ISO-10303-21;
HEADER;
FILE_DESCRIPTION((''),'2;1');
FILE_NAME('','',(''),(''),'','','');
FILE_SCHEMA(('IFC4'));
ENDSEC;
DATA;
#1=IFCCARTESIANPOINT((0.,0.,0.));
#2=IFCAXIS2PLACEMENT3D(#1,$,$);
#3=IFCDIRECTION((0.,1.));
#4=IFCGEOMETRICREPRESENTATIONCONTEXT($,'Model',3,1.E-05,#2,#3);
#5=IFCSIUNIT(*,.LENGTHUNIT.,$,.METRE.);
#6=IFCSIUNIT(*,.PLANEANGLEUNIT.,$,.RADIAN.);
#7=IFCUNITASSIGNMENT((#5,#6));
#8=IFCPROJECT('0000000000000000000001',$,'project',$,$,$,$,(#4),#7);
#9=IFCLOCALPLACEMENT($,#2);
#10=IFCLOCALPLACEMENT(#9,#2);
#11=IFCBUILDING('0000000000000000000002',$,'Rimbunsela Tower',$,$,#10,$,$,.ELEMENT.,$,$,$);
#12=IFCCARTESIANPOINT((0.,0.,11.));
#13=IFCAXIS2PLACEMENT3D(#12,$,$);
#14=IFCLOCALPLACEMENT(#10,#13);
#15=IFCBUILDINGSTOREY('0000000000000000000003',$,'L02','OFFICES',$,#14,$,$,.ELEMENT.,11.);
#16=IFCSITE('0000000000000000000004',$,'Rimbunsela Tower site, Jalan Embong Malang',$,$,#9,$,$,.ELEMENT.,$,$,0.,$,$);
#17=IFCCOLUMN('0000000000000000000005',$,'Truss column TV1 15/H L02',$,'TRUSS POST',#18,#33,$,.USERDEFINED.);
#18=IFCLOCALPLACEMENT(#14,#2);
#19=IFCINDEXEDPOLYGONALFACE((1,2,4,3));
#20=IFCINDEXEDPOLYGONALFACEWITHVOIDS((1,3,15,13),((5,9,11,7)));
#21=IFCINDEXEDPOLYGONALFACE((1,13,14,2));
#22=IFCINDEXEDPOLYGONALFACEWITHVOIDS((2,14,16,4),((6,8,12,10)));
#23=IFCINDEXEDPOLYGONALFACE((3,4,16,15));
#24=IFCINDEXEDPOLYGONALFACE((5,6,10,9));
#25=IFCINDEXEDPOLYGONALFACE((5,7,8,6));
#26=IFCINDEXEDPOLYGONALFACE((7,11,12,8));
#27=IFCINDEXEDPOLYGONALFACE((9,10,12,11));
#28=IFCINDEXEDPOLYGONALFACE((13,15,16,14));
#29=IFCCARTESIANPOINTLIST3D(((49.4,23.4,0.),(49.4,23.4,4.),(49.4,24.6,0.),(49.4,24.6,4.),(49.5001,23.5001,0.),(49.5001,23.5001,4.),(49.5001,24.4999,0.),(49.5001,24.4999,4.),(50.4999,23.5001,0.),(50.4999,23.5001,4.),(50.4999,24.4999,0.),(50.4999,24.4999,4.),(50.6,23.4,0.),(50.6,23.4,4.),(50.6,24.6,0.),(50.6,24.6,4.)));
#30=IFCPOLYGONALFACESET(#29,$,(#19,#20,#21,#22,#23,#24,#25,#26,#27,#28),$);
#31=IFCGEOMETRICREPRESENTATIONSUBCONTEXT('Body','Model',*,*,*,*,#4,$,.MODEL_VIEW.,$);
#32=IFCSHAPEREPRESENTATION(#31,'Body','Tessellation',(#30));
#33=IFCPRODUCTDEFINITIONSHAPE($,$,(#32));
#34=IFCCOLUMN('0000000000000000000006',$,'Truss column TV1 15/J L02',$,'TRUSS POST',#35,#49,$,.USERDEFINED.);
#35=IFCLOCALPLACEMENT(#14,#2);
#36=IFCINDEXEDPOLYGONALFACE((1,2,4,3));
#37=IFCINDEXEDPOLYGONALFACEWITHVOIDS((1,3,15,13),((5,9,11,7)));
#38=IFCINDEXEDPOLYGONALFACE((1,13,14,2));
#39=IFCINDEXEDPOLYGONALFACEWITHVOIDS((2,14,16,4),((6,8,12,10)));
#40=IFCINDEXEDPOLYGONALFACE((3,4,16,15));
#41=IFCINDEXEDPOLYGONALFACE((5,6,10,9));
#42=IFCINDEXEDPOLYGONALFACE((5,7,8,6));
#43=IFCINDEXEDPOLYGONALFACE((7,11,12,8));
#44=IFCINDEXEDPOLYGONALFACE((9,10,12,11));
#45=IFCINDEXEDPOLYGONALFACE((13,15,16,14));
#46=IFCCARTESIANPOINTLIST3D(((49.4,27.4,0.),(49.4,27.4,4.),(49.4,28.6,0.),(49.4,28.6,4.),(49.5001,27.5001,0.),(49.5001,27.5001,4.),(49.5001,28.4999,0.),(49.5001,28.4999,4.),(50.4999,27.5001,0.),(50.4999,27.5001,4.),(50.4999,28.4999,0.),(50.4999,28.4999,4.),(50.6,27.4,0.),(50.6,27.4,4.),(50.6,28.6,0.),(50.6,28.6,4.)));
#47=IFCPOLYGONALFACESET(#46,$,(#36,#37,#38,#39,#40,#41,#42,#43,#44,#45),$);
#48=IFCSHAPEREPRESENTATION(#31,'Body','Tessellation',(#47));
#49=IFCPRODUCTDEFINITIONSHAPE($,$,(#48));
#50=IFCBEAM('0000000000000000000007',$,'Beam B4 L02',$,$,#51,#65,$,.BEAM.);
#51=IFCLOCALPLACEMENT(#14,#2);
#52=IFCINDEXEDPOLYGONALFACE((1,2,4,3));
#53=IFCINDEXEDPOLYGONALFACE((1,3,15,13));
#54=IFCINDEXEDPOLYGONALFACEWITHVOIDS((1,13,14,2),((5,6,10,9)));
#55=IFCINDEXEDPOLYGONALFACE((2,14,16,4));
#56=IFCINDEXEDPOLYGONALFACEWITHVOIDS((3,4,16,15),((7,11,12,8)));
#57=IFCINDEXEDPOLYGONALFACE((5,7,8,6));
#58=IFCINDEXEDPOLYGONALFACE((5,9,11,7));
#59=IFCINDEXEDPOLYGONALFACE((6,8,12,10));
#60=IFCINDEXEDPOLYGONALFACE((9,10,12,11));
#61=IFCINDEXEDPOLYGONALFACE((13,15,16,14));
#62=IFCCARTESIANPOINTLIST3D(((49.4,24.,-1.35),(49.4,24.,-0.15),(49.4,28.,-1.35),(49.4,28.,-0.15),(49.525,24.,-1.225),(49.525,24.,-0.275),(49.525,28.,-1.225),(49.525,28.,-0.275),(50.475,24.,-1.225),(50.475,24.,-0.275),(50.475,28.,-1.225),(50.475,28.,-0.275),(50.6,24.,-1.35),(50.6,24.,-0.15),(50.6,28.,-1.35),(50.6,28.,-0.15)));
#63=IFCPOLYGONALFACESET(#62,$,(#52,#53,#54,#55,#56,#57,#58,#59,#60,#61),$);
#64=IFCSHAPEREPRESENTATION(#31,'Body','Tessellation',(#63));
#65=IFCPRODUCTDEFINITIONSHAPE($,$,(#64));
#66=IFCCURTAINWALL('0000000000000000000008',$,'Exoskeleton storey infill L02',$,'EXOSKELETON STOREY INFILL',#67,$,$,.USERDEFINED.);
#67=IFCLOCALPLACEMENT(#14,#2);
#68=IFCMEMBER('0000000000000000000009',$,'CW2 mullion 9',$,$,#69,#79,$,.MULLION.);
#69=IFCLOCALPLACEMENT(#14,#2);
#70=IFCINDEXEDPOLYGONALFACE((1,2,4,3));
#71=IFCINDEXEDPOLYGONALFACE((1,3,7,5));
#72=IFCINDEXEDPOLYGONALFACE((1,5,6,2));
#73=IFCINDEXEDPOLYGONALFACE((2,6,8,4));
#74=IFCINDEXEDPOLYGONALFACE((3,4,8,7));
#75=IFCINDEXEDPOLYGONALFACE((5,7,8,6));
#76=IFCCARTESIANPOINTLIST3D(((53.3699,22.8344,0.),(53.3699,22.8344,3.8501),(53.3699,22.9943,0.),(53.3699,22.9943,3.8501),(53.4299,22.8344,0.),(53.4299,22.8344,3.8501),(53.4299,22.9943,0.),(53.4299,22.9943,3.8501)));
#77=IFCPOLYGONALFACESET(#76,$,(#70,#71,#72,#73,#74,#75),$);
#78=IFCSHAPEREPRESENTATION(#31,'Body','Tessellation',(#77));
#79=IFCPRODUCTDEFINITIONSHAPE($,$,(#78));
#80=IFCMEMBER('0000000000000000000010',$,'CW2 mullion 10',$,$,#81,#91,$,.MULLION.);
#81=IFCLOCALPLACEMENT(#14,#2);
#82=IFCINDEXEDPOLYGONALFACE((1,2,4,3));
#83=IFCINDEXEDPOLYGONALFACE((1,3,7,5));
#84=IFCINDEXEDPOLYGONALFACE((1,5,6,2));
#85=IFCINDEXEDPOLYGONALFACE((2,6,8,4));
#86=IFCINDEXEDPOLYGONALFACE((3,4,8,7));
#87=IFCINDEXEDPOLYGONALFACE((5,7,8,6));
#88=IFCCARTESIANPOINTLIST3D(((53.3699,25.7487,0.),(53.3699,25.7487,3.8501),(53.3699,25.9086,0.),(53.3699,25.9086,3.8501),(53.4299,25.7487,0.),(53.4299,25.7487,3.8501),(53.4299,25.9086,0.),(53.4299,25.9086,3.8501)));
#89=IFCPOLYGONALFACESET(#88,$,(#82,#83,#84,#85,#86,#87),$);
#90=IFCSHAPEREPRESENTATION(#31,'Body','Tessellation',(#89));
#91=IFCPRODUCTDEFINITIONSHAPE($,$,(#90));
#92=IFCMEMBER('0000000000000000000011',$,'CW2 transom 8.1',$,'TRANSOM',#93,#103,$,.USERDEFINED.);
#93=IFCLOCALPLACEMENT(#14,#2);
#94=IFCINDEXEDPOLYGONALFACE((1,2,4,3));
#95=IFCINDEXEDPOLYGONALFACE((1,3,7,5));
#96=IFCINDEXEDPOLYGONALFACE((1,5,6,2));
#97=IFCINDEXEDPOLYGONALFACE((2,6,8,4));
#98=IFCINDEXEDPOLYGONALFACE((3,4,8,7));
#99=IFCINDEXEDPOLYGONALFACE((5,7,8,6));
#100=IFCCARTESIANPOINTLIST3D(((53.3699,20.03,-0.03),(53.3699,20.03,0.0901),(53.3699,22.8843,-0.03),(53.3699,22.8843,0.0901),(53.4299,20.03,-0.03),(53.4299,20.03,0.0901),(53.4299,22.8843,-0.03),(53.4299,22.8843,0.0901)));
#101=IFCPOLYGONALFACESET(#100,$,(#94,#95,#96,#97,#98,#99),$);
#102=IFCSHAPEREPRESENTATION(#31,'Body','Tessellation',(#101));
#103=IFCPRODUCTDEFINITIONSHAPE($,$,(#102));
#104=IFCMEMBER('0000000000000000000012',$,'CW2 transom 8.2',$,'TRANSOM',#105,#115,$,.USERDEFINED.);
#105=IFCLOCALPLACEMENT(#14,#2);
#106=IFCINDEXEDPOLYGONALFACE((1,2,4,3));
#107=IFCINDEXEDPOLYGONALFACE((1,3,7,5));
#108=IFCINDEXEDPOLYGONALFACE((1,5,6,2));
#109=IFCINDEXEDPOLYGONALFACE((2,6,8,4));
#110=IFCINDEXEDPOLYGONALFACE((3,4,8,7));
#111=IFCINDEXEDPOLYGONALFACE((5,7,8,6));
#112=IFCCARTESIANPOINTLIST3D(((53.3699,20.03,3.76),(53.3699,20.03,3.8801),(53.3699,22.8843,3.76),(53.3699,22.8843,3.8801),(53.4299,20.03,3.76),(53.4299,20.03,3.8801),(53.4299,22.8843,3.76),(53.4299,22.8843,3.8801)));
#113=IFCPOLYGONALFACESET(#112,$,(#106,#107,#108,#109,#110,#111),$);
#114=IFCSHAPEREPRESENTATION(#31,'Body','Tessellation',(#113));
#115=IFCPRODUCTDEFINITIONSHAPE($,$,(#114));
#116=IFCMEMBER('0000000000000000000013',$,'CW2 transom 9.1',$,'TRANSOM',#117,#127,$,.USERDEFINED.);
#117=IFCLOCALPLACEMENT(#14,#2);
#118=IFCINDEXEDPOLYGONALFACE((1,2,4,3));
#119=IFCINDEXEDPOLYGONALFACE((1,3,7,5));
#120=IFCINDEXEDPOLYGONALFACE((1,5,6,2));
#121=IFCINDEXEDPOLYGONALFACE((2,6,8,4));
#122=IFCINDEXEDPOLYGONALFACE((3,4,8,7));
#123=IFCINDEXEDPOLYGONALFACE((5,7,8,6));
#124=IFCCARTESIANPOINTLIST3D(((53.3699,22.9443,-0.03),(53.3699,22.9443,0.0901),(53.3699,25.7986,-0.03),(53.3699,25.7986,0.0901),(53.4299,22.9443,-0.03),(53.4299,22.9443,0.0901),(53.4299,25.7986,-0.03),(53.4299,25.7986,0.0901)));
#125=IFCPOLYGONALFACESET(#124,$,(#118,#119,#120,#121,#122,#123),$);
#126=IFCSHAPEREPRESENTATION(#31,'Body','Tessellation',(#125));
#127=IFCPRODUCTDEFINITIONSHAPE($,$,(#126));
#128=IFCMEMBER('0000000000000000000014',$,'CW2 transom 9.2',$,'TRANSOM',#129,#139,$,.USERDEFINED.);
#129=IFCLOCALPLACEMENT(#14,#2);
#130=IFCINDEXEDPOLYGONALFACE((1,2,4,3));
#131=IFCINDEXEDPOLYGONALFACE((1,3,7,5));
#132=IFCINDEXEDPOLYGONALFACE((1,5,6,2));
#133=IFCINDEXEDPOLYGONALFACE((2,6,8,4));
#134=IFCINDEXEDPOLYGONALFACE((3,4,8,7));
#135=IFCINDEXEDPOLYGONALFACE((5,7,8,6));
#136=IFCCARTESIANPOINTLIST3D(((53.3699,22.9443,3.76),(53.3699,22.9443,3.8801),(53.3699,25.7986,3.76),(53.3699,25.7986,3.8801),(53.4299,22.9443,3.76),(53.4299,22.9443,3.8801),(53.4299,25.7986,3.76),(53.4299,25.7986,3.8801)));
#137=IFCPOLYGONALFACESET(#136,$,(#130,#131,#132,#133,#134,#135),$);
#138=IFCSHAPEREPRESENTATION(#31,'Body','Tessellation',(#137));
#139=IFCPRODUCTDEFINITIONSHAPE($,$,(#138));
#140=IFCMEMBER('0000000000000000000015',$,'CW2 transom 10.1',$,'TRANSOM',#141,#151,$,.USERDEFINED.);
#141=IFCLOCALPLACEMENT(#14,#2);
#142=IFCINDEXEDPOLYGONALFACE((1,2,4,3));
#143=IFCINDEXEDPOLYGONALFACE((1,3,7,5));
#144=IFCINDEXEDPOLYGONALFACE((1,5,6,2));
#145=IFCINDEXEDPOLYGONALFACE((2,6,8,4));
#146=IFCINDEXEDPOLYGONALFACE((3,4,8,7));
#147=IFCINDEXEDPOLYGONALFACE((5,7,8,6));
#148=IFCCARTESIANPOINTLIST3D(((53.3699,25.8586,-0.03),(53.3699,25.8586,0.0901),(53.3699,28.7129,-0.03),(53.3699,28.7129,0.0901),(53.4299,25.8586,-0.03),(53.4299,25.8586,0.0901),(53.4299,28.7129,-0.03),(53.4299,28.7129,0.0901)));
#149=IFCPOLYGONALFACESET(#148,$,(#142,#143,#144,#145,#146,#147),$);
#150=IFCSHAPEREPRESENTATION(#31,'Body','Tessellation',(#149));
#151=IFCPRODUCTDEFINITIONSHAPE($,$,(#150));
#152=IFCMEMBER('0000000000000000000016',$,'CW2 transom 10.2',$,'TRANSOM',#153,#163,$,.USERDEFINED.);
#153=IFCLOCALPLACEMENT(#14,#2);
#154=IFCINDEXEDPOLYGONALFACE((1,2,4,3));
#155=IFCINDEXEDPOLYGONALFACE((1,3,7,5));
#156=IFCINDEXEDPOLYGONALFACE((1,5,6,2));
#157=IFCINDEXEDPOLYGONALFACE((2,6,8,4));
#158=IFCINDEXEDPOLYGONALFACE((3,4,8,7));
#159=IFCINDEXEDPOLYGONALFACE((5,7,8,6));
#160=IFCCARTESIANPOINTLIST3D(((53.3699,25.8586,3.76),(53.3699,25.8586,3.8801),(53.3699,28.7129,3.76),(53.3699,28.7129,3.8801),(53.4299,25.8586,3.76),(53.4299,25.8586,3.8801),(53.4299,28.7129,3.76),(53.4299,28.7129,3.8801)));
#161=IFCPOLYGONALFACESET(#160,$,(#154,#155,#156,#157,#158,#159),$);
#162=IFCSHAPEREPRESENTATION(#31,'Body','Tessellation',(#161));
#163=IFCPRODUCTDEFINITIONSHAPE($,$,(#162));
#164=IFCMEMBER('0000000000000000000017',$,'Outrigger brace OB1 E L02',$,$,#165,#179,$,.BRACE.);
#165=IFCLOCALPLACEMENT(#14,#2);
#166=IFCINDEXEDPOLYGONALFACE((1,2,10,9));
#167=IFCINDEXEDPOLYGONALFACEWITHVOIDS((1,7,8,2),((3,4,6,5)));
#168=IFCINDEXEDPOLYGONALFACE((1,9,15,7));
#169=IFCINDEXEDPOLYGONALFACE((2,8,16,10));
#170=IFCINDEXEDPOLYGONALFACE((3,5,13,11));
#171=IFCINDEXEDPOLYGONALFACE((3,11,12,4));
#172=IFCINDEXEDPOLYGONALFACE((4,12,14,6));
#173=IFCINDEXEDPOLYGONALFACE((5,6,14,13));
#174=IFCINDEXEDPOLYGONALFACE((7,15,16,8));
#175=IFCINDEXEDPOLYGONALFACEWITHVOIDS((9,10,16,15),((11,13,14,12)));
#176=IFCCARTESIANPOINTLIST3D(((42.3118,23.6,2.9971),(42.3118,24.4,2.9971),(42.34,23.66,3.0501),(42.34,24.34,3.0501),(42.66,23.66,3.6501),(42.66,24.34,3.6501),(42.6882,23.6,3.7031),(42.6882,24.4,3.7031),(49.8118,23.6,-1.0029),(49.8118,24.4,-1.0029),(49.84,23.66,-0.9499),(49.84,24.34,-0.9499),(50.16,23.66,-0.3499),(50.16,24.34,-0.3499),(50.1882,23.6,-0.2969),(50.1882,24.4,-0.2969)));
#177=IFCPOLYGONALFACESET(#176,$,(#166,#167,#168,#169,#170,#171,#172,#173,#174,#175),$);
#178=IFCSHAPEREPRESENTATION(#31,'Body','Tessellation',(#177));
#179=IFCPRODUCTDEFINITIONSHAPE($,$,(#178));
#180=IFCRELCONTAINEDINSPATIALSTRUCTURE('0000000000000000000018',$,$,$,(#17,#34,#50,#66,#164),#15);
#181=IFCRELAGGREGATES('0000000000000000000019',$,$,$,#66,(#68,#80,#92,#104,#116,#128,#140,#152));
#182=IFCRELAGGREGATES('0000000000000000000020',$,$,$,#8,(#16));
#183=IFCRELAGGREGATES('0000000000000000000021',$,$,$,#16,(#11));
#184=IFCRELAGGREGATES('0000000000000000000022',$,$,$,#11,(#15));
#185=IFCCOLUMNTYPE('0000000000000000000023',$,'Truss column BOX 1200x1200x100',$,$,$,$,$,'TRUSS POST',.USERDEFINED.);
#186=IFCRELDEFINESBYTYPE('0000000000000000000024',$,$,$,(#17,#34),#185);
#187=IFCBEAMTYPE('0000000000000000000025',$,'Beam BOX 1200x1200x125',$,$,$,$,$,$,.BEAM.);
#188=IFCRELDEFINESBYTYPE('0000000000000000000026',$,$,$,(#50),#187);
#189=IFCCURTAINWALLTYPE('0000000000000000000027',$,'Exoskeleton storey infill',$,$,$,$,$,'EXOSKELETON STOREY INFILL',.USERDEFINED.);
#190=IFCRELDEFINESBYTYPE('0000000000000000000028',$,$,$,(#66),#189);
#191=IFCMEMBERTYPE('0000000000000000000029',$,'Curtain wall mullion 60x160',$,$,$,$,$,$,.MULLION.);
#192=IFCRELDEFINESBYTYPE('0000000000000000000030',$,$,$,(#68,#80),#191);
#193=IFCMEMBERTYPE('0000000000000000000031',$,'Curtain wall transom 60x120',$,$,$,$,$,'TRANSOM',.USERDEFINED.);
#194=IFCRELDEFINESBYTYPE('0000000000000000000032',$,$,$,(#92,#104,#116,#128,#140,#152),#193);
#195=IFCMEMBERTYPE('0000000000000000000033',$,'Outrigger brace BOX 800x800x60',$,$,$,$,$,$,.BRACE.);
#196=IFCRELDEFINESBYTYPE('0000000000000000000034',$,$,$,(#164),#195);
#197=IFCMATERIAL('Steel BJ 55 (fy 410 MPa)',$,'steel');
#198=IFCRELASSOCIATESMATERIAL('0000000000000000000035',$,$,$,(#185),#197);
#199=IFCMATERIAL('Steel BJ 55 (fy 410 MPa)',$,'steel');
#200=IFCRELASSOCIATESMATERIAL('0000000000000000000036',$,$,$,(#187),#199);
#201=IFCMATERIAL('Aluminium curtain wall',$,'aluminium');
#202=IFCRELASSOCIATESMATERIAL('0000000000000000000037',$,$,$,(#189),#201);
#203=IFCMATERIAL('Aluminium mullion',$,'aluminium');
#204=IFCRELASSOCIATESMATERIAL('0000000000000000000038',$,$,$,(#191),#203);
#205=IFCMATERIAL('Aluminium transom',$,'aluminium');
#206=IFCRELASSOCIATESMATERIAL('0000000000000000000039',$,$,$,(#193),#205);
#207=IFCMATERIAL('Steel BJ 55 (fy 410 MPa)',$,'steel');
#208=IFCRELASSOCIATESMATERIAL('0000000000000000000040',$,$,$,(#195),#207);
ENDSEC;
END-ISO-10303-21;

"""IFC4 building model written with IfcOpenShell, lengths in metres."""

from ifc_helpers import new_model, si_unit, direction, frame, origin, origin_2d, place, context, subcontext, project, spatial, rectangle, hollow_rectangle, extrude, material, material_profile, profile_set, type_object, element, aggregate, save


model = new_model("IFC4")

# Units and contexts
model_context = context("Model", 3, precision=1e-05, world=origin(), true_north=direction((0.0, 1.0)))
body_context = subcontext(model_context, "Body", "Model", "MODEL_VIEW")
ifc_project = project(units=[si_unit("LENGTHUNIT", "METRE"), si_unit("PLANEANGLEUNIT", "RADIAN")], contexts=[model_context])

# Site, building, storey
site_placement = place(None, origin())
site = spatial("IfcSite", under=ifc_project, at=site_placement, Name="Rimbunsela Tower site, Jalan Embong Malang", CompositionType="ELEMENT", RefElevation=0.0)
building_placement = place(site_placement, origin())
building = spatial("IfcBuilding", under=site, at=building_placement, Name="Rimbunsela Tower", CompositionType="ELEMENT")
storey_placement = place(building_placement, frame((0.0, 0.0, 11.0)))
storey = spatial("IfcBuildingStorey", under=building, at=storey_placement, Name="L02", Description="OFFICES", CompositionType="ELEMENT", Elevation=11.0)

# Columns
ifc_material_1 = material(Name="Steel BJ 55 (fy 410 MPa)", Category="steel")
ifc_material_profile_1 = material_profile(ifc_material_1, hollow_rectangle(XDim=1.2, YDim=1.2, WallThickness=0.1001, at=origin_2d()), Name="BOX 1200x1200x100")
ifc_profile_set_1 = profile_set([ifc_material_profile_1], Name="Steel BJ 55 (fy 410 MPa)")
column_type = type_object("IfcColumnType", Name="Truss column BOX 1200x1200x100", ElementType="TRUSS POST", PredefinedType="USERDEFINED", material=ifc_profile_set_1)
for number, where, z_axis, x_axis, name in (
    (1, (50.0, 24.0, 0.0), (0.0, 0.0, 1.0), (1.0, 0.0, 0.0), "Truss column TV1 15/H L02"),
    (2, (50.0, 28.0, 0.0), (0.0, 0.0, 1.0), (1.0, 0.0, 0.0), "Truss column TV1 15/J L02"),
):
    element("IfcColumn", number, at=place(storey_placement, frame(where, z_axis=z_axis, x_axis=x_axis)), inside=storey, type_object=column_type, Name=name, ObjectType="TRUSS POST", PredefinedType="USERDEFINED", context=body_context, shape_type="SweptSolid", body=[
        extrude(hollow_rectangle(XDim=1.2, YDim=1.2, WallThickness=0.1001, at=origin_2d()), origin(), (0.0, 0.0, 1.0), 4.0),
    ])

# Beam
ifc_material_2 = material(Name="Steel BJ 55 (fy 410 MPa)", Category="steel")
ifc_material_profile_2 = material_profile(ifc_material_2, hollow_rectangle(XDim=1.2, YDim=1.2, WallThickness=0.125, at=origin_2d()), Name="BOX 1200x1200x125")
ifc_profile_set_2 = profile_set([ifc_material_profile_2], Name="Steel BJ 55 (fy 410 MPa)")
beam_type_1 = type_object("IfcBeamType", Name="Beam BOX 1200x1200x125", PredefinedType="BEAM", material=ifc_profile_set_2)
beam_placement = place(storey_placement, frame((50.0, 24.0, -0.75), z_axis=(0.0, 1.0, 0.0), x_axis=(-1.0, 0.0, 0.0)))
element("IfcBeam", 3, at=beam_placement, inside=storey, type_object=beam_type_1, Name="Beam B4 L02", PredefinedType="BEAM", context=body_context, shape_type="SweptSolid", body=[
    extrude(hollow_rectangle(XDim=1.2, YDim=1.2, WallThickness=0.125, at=origin_2d()), origin(), (0.0, 0.0, 1.0), 4.0),
])

# Curtain wall, members
ifc_material_3 = material(Name="Aluminium curtain wall", Category="aluminium")
curtain_wall_type = type_object("IfcCurtainWallType", Name="Exoskeleton storey infill", ElementType="EXOSKELETON STOREY INFILL", PredefinedType="USERDEFINED", material=ifc_material_3)
curtain_wall_placement = place(storey_placement, origin())
curtain_wall = element("IfcCurtainWall", 4, at=curtain_wall_placement, inside=storey, type_object=curtain_wall_type, Name="Exoskeleton storey infill L02", ObjectType="EXOSKELETON STOREY INFILL", PredefinedType="USERDEFINED")
ifc_material_4 = material(Name="Aluminium mullion", Category="aluminium")
ifc_material_profile_3 = material_profile(ifc_material_4, rectangle(XDim=0.0601, YDim=0.1599, at=origin_2d()), Name="Mullion 60x160")
ifc_profile_set_3 = profile_set([ifc_material_profile_3], Name="Aluminium mullion")
member_type_1 = type_object("IfcMemberType", Name="Curtain wall mullion 60x160", PredefinedType="MULLION", material=ifc_profile_set_3)
member_1_placement = place(storey_placement, frame((53.3999, 22.9143, 0.0), z_axis=(0.0, 0.0, 1.0), x_axis=(-1.0, 0.0, 0.0)))
member_1 = element("IfcMember", 5, at=member_1_placement, type_object=member_type_1, Name="CW2 mullion 9", PredefinedType="MULLION", context=body_context, shape_type="SweptSolid", body=[
    extrude(rectangle(XDim=0.0601, YDim=0.1599, at=origin_2d()), origin(), (0.0, 0.0, 1.0), 3.8501),
])
member_2_placement = place(storey_placement, frame((53.3999, 25.8286, 0.0), z_axis=(0.0, 0.0, 1.0), x_axis=(-1.0, 0.0, 0.0)))
member_2 = element("IfcMember", 6, at=member_2_placement, type_object=member_type_1, Name="CW2 mullion 10", PredefinedType="MULLION", context=body_context, shape_type="SweptSolid", body=[
    extrude(rectangle(XDim=0.0601, YDim=0.1599, at=origin_2d()), origin(), (0.0, 0.0, 1.0), 3.8501),
])
ifc_material_5 = material(Name="Aluminium transom", Category="aluminium")
ifc_material_profile_4 = material_profile(ifc_material_5, rectangle(XDim=0.0601, YDim=0.1201, at=origin_2d()), Name="Transom 60x120")
ifc_profile_set_4 = profile_set([ifc_material_profile_4], Name="Aluminium transom")
member_type_2 = type_object("IfcMemberType", Name="Curtain wall transom 60x120", ElementType="TRANSOM", PredefinedType="USERDEFINED", material=ifc_profile_set_4)
member_3_placement = place(storey_placement, frame((53.3999, 20.03, 0.03), z_axis=(0.0, 1.0, 0.0), x_axis=(-1.0, 0.0, 0.0)))
member_3 = element("IfcMember", 7, at=member_3_placement, type_object=member_type_2, Name="CW2 transom 8.1", ObjectType="TRANSOM", PredefinedType="USERDEFINED", context=body_context, shape_type="SweptSolid", body=[
    extrude(rectangle(XDim=0.0601, YDim=0.1201, at=origin_2d()), origin(), (0.0, 0.0, 1.0), 2.8542),
])
member_4_placement = place(storey_placement, frame((53.3999, 20.03, 3.8201), z_axis=(0.0, 1.0, 0.0), x_axis=(-1.0, 0.0, 0.0)))
member_4 = element("IfcMember", 8, at=member_4_placement, type_object=member_type_2, Name="CW2 transom 8.2", ObjectType="TRANSOM", PredefinedType="USERDEFINED", context=body_context, shape_type="SweptSolid", body=[
    extrude(rectangle(XDim=0.0601, YDim=0.1201, at=origin_2d()), origin(), (0.0, 0.0, 1.0), 2.8542),
])
member_5_placement = place(storey_placement, frame((53.3999, 22.9443, 0.03), z_axis=(0.0, 1.0, 0.0), x_axis=(-1.0, 0.0, 0.0)))
member_5 = element("IfcMember", 9, at=member_5_placement, type_object=member_type_2, Name="CW2 transom 9.1", ObjectType="TRANSOM", PredefinedType="USERDEFINED", context=body_context, shape_type="SweptSolid", body=[
    extrude(rectangle(XDim=0.0601, YDim=0.1201, at=origin_2d()), origin(), (0.0, 0.0, 1.0), 2.8542),
])
member_6_placement = place(storey_placement, frame((53.3999, 22.9443, 3.8201), z_axis=(0.0, 1.0, 0.0), x_axis=(-1.0, 0.0, 0.0)))
member_6 = element("IfcMember", 10, at=member_6_placement, type_object=member_type_2, Name="CW2 transom 9.2", ObjectType="TRANSOM", PredefinedType="USERDEFINED", context=body_context, shape_type="SweptSolid", body=[
    extrude(rectangle(XDim=0.0601, YDim=0.1201, at=origin_2d()), origin(), (0.0, 0.0, 1.0), 2.8542),
])
member_7_placement = place(storey_placement, frame((53.3999, 25.8586, 0.03), z_axis=(0.0, 1.0, 0.0), x_axis=(-1.0, 0.0, 0.0)))
member_7 = element("IfcMember", 11, at=member_7_placement, type_object=member_type_2, Name="CW2 transom 10.1", ObjectType="TRANSOM", PredefinedType="USERDEFINED", context=body_context, shape_type="SweptSolid", body=[
    extrude(rectangle(XDim=0.0601, YDim=0.1201, at=origin_2d()), origin(), (0.0, 0.0, 1.0), 2.8542),
])
member_8_placement = place(storey_placement, frame((53.3999, 25.8586, 3.8201), z_axis=(0.0, 1.0, 0.0), x_axis=(-1.0, 0.0, 0.0)))
member_8 = element("IfcMember", 12, at=member_8_placement, type_object=member_type_2, Name="CW2 transom 10.2", ObjectType="TRANSOM", PredefinedType="USERDEFINED", context=body_context, shape_type="SweptSolid", body=[
    extrude(rectangle(XDim=0.0601, YDim=0.1201, at=origin_2d()), origin(), (0.0, 0.0, 1.0), 2.8542),
])

# Member
ifc_material_6 = material(Name="Steel BJ 55 (fy 410 MPa)", Category="steel")
ifc_material_profile_5 = material_profile(ifc_material_6, hollow_rectangle(XDim=0.8, YDim=0.8, WallThickness=0.0601, at=origin_2d()), Name="BOX 800x800x60")
ifc_profile_set_5 = profile_set([ifc_material_profile_5], Name="Steel BJ 55 (fy 410 MPa)")
member_type_3 = type_object("IfcMemberType", Name="Outrigger brace BOX 800x800x60", PredefinedType="BRACE", material=ifc_profile_set_5)
member_9_placement = place(storey_placement, frame((50.0, 24.0, -0.6499), z_axis=(-0.882353, 0.0, 0.470588), x_axis=(0.0, -1.0, 0.0)))
element("IfcMember", 13, at=member_9_placement, inside=storey, type_object=member_type_3, Name="Outrigger brace OB1 E L02", PredefinedType="BRACE", context=body_context, shape_type="SweptSolid", body=[
    extrude(hollow_rectangle(XDim=0.8, YDim=0.8, WallThickness=0.0601, at=origin_2d()), origin(), (0.0, 0.0, 1.0), 8.5),
])

aggregate(curtain_wall, [member_1, member_2, member_3, member_4, member_5, member_6, member_7, member_8])

save(model, "model.ifc")
